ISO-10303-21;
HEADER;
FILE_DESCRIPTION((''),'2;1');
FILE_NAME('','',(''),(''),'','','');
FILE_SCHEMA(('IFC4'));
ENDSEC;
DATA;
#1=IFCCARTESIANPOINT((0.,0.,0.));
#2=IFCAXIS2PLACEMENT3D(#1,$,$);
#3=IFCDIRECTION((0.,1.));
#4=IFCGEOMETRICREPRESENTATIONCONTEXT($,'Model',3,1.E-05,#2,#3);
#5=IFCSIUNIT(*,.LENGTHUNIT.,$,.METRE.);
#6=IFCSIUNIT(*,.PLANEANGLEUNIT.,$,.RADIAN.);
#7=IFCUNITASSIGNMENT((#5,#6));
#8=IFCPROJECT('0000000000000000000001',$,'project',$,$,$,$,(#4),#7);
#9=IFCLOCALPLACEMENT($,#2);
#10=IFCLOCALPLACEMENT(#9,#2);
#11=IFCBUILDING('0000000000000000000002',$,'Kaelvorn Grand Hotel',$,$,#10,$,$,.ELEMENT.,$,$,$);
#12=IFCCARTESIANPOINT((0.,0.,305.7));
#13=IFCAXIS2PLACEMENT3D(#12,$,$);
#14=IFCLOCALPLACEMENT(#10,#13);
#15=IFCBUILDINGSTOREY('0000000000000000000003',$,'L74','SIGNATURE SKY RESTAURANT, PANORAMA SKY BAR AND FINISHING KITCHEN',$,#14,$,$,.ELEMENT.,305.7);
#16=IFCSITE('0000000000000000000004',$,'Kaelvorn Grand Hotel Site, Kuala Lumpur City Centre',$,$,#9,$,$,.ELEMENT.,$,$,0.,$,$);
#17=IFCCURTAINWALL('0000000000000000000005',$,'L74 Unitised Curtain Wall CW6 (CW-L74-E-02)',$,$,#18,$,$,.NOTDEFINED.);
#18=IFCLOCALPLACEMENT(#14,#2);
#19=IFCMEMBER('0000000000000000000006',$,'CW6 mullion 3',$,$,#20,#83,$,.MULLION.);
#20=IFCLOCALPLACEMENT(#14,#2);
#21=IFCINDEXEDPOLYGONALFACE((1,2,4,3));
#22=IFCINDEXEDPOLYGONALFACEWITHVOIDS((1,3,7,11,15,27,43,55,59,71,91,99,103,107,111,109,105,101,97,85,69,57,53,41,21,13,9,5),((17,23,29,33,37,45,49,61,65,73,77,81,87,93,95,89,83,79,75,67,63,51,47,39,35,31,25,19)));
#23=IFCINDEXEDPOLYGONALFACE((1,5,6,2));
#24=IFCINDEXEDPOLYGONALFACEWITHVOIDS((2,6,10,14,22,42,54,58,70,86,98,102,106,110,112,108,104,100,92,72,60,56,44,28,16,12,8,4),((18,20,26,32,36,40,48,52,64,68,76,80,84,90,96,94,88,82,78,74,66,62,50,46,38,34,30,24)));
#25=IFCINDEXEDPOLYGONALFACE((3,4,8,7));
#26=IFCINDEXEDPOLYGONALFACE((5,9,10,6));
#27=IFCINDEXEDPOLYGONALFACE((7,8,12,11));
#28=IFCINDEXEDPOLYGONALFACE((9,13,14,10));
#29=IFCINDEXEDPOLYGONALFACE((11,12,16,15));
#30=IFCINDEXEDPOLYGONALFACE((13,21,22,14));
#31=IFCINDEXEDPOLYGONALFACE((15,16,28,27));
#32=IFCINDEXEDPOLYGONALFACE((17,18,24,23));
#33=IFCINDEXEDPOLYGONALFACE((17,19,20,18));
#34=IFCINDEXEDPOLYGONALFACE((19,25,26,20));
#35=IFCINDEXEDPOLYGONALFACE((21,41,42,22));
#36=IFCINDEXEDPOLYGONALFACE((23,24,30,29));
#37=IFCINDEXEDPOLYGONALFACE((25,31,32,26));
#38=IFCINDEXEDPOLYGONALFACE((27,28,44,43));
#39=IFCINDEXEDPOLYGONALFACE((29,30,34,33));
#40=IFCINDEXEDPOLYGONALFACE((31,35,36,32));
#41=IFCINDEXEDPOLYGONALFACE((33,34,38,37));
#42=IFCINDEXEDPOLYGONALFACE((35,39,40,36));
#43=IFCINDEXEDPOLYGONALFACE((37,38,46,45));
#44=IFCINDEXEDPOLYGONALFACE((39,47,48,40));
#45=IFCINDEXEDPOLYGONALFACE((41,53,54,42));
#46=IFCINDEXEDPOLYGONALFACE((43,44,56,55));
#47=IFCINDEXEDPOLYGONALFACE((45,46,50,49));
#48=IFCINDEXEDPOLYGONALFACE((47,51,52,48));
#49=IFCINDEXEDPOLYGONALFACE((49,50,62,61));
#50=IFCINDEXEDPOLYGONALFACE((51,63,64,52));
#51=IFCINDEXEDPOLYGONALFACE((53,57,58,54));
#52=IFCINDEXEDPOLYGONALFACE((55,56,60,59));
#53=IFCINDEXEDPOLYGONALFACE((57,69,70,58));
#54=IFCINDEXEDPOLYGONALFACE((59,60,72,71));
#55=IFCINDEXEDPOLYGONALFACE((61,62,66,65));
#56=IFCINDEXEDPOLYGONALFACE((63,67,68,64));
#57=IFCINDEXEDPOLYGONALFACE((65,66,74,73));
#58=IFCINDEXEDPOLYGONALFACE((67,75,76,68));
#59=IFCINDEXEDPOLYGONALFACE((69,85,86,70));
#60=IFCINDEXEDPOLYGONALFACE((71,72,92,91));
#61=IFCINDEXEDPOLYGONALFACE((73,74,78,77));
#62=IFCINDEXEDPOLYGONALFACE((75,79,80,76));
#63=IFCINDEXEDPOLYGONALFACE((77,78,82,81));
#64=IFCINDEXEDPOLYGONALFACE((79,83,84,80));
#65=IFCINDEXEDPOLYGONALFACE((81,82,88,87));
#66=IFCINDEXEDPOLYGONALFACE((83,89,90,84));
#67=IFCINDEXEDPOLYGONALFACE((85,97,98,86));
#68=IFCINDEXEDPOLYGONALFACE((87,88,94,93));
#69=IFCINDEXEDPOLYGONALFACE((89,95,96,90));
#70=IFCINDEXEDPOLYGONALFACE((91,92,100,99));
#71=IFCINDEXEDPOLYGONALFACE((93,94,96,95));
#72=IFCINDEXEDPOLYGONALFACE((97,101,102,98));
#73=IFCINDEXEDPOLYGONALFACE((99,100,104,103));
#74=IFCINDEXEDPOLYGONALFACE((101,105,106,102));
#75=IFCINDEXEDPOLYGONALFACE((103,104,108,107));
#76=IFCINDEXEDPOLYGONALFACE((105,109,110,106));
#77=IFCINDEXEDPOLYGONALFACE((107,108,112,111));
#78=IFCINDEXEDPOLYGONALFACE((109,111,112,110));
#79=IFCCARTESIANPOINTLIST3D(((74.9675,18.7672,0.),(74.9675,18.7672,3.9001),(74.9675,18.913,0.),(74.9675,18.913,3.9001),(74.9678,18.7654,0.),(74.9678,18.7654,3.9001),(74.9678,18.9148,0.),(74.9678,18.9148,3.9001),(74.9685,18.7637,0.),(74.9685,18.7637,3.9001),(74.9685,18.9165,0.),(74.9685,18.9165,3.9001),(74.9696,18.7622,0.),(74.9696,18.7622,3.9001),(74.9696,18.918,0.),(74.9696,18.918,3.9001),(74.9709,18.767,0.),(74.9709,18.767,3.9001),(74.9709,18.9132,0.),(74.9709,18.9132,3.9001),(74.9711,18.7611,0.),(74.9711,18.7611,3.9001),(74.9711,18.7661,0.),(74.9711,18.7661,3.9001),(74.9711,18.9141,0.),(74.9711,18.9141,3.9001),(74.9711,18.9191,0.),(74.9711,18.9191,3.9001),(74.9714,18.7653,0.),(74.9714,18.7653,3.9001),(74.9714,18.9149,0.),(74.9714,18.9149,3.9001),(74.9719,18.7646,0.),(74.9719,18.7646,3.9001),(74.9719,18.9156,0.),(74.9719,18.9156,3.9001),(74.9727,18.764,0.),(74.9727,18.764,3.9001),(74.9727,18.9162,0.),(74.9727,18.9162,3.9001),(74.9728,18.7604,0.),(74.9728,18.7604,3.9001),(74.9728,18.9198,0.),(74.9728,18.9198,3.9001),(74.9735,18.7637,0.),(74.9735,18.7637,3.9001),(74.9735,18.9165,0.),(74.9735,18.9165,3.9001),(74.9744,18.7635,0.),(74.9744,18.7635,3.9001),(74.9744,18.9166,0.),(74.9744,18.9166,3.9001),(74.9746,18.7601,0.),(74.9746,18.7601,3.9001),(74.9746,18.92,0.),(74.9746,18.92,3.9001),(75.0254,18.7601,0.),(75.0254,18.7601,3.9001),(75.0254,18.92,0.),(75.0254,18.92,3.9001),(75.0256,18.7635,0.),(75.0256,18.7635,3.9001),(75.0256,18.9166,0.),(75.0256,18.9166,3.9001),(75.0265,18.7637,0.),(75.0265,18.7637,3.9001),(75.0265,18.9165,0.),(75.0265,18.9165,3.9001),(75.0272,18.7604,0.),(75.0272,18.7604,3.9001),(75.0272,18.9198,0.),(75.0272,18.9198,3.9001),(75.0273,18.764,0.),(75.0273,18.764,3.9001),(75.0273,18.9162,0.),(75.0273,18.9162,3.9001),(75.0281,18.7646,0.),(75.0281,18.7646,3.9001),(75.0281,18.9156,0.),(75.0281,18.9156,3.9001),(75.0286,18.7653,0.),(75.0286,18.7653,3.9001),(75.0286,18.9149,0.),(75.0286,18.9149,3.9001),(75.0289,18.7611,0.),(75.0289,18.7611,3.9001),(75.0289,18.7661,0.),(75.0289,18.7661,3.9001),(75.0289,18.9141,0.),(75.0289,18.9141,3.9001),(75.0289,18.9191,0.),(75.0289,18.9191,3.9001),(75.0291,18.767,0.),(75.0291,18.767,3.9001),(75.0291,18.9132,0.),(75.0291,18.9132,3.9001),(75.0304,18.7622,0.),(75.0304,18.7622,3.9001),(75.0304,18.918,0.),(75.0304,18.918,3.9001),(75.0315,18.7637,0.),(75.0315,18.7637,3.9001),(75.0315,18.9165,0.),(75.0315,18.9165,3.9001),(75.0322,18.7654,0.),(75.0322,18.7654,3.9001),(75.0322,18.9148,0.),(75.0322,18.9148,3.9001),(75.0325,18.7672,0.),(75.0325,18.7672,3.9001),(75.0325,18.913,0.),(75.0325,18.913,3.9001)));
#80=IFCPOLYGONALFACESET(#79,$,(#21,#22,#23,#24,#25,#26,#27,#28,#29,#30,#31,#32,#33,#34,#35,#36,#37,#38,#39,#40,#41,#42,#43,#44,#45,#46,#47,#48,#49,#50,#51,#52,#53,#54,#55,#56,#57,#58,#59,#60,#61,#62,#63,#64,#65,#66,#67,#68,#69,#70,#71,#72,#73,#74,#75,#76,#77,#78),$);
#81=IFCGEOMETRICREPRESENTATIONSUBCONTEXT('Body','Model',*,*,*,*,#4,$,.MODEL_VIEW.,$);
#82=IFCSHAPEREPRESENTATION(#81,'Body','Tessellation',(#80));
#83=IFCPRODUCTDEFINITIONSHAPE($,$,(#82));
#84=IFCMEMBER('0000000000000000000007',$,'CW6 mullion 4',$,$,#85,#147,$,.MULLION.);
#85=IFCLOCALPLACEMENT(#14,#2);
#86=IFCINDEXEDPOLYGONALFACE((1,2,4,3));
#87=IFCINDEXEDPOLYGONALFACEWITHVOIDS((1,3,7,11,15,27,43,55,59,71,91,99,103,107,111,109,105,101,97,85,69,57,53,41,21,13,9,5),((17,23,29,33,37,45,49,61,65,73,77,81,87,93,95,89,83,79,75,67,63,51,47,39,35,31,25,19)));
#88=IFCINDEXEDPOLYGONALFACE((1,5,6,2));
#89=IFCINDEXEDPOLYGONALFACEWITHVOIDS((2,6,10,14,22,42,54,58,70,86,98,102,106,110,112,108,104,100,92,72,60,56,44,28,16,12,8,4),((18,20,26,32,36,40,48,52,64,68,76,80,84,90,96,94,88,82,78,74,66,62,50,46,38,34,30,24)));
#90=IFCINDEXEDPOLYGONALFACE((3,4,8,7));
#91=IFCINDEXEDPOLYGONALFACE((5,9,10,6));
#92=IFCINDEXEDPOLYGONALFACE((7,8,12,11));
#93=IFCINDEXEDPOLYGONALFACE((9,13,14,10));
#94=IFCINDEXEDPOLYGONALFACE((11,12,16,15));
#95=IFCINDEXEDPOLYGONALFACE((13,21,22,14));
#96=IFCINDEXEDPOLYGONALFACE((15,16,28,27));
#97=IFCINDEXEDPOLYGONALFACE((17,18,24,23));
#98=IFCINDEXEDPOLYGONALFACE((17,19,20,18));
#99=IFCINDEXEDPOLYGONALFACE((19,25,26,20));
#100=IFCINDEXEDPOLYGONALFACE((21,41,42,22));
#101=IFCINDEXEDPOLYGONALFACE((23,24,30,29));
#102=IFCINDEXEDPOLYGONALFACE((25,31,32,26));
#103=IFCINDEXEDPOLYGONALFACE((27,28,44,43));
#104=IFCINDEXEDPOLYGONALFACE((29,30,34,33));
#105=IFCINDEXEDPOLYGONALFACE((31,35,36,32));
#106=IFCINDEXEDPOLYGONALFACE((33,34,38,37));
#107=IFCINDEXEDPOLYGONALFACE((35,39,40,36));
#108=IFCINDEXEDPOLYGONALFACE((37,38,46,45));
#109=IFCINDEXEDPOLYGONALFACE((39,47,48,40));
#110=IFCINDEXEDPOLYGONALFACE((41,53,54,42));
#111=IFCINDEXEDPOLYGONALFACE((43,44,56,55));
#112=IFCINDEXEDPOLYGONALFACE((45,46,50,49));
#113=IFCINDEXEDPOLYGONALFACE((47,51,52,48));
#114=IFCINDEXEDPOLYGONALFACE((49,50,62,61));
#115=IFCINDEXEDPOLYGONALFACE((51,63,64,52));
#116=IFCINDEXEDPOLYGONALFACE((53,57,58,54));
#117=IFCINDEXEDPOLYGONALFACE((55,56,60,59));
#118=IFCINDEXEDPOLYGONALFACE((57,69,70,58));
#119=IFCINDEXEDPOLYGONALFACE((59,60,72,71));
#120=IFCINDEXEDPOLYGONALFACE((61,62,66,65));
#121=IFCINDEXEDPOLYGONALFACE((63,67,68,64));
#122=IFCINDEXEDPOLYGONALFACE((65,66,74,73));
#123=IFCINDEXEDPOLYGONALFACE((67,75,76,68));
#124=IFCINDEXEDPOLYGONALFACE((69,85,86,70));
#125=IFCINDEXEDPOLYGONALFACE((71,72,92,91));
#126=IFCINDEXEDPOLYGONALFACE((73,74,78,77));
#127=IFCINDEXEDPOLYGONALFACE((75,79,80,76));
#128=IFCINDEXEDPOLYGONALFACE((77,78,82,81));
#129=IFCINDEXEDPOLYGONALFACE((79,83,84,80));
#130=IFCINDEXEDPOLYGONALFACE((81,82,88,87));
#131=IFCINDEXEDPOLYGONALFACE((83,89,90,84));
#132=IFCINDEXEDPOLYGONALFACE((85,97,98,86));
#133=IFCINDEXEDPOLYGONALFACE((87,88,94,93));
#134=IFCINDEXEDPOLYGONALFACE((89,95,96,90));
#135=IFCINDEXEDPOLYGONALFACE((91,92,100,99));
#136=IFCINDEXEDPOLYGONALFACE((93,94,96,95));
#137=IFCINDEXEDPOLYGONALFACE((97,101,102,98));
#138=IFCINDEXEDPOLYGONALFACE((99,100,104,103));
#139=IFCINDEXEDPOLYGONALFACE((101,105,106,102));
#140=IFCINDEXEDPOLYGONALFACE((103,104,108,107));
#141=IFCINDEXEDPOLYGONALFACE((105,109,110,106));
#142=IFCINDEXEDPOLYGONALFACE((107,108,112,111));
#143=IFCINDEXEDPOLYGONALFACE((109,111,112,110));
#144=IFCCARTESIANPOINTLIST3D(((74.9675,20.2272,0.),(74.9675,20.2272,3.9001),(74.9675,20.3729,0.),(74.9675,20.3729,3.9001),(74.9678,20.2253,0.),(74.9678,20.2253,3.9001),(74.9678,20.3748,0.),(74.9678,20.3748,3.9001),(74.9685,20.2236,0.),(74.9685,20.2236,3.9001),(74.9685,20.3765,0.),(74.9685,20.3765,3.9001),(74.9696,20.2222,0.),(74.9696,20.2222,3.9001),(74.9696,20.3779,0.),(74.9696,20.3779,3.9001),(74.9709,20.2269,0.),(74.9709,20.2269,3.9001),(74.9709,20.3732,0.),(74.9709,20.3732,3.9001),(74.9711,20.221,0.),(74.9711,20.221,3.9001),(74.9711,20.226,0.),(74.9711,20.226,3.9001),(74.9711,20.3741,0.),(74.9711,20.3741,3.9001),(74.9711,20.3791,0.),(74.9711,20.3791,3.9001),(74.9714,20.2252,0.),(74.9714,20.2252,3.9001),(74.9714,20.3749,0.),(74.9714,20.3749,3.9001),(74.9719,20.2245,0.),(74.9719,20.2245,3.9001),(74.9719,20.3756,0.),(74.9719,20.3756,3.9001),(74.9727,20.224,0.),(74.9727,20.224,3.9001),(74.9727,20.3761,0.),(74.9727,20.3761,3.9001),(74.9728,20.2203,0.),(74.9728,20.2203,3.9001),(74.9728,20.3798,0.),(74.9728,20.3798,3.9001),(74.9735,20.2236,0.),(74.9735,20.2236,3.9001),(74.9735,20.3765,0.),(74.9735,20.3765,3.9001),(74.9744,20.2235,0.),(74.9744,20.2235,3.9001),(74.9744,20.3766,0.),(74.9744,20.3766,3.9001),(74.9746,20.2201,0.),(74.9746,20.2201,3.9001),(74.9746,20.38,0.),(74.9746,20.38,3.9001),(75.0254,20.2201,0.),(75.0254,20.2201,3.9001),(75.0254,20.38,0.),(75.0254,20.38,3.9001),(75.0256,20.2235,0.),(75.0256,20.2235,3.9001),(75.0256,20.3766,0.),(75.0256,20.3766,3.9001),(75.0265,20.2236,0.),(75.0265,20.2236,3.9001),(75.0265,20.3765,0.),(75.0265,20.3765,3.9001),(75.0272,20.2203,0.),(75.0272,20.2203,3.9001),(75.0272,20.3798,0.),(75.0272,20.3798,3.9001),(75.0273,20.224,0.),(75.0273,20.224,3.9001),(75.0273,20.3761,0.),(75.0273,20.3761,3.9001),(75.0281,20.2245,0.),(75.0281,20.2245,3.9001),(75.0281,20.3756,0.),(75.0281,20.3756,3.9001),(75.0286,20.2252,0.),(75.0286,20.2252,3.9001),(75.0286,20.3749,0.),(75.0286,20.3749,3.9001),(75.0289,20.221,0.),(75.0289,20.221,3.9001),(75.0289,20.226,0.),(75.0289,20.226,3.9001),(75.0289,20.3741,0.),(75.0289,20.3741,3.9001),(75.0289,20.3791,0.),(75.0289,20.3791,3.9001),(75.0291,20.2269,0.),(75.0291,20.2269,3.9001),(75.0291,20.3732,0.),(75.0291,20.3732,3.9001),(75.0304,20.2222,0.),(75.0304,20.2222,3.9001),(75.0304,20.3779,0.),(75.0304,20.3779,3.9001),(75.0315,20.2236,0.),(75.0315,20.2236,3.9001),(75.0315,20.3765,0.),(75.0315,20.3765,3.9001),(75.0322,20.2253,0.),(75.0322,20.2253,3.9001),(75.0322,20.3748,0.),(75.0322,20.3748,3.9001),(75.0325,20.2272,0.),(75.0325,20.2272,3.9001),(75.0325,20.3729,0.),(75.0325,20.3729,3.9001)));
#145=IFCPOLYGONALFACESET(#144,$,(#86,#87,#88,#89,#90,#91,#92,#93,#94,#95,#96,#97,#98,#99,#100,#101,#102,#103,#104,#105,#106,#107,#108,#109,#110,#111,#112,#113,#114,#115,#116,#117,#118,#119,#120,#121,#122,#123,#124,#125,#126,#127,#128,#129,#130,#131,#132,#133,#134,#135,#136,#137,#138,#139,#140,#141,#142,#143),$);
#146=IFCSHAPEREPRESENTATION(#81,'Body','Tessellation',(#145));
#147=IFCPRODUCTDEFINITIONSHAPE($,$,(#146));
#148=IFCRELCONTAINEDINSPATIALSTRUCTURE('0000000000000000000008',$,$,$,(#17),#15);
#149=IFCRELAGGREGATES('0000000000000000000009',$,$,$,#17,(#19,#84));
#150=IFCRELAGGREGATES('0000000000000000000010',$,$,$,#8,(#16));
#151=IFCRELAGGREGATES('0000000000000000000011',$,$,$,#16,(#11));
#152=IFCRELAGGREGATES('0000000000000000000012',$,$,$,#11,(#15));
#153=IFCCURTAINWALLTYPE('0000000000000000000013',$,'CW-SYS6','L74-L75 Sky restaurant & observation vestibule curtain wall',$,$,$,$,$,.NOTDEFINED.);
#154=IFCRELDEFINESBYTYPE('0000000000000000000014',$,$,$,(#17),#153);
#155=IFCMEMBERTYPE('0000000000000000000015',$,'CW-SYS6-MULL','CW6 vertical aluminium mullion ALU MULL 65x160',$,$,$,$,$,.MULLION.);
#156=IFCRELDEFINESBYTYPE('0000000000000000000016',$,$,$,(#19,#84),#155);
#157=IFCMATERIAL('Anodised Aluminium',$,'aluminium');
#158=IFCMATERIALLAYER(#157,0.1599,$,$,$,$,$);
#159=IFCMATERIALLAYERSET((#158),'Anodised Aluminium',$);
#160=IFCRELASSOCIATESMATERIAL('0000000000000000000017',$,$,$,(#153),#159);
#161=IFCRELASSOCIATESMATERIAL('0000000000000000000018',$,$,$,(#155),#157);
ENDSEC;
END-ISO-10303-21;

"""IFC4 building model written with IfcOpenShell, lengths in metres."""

from ifc_helpers import new_model, si_unit, direction, frame, origin, origin_2d, place, context, subcontext, project, spatial, hollow_rectangle, extrude, material, layer, layer_set, material_profile, profile_set, type_object, element, aggregate, save


model = new_model("IFC4")

# Units and contexts
model_context = context("Model", 3, precision=1e-05, world=origin(), true_north=direction((0.0, 1.0)))
body_context = subcontext(model_context, "Body", "Model", "MODEL_VIEW")
ifc_project = project(units=[si_unit("LENGTHUNIT", "METRE"), si_unit("PLANEANGLEUNIT", "RADIAN")], contexts=[model_context])

# Site, building, storey
site_placement = place(None, origin())
site = spatial("IfcSite", under=ifc_project, at=site_placement, Name="Kaelvorn Grand Hotel Site, Kuala Lumpur City Centre", CompositionType="ELEMENT", RefElevation=0.0)
building_placement = place(site_placement, origin())
building = spatial("IfcBuilding", under=site, at=building_placement, Name="Kaelvorn Grand Hotel", CompositionType="ELEMENT")
storey_placement = place(building_placement, frame((0.0, 0.0, 305.7)))
storey = spatial("IfcBuildingStorey", under=building, at=storey_placement, Name="L74", Description="SIGNATURE SKY RESTAURANT, PANORAMA SKY BAR AND FINISHING KITCHEN", CompositionType="ELEMENT", Elevation=305.7)

# Curtain wall, members
ifc_material_1 = material(Name="Anodised Aluminium", Category="aluminium")
ifc_layer_1 = layer(ifc_material_1, 0.1599)
ifc_layer_set_1 = layer_set([ifc_layer_1], Name="Anodised Aluminium")
curtain_wall_type = type_object("IfcCurtainWallType", Name="CW-SYS6", Description="L74-L75 Sky restaurant & observation vestibule curtain wall", PredefinedType="NOTDEFINED", material=ifc_layer_set_1)
curtain_wall_placement = place(storey_placement, origin())
curtain_wall = element("IfcCurtainWall", 1, at=curtain_wall_placement, inside=storey, type_object=curtain_wall_type, Name="L74 Unitised Curtain Wall CW6 (CW-L74-E-02)", PredefinedType="NOTDEFINED")
ifc_material_profile_1 = material_profile(ifc_material_1, hollow_rectangle(XDim=0.0649, YDim=0.1599, WallThickness=0.0034, InnerFilletRadius=0.0034, OuterFilletRadius=0.0071, at=origin_2d()), Name="ALU MULL 65x160")
ifc_profile_set_1 = profile_set([ifc_material_profile_1], Name="Anodised Aluminium")
member_type_1 = type_object("IfcMemberType", Name="CW-SYS6-MULL", Description="CW6 vertical aluminium mullion ALU MULL 65x160", PredefinedType="MULLION", material=ifc_profile_set_1)
member_1_placement = place(storey_placement, frame((75.0, 18.8401, 0.0), z_axis=(0.0, 0.0, 1.0), x_axis=(-1.0, 0.0, 0.0)))
member_1 = element("IfcMember", 2, at=member_1_placement, type_object=member_type_1, Name="CW6 mullion 3", PredefinedType="MULLION", context=body_context, shape_type="SweptSolid", body=[
    extrude(hollow_rectangle(XDim=0.0649, YDim=0.1599, WallThickness=0.0034, InnerFilletRadius=0.0034, OuterFilletRadius=0.0071, at=origin_2d()), origin(), (0.0, 0.0, 1.0), 3.9001),
])
member_2_placement = place(storey_placement, frame((75.0, 20.3, 0.0), z_axis=(0.0, 0.0, 1.0), x_axis=(-1.0, 0.0, 0.0)))
member_2 = element("IfcMember", 3, at=member_2_placement, type_object=member_type_1, Name="CW6 mullion 4", PredefinedType="MULLION", context=body_context, shape_type="SweptSolid", body=[
    extrude(hollow_rectangle(XDim=0.0649, YDim=0.1599, WallThickness=0.0034, InnerFilletRadius=0.0034, OuterFilletRadius=0.0071, at=origin_2d()), origin(), (0.0, 0.0, 1.0), 3.9001),
])
aggregate(curtain_wall, [member_1, member_2])

save(model, "model.ifc")
